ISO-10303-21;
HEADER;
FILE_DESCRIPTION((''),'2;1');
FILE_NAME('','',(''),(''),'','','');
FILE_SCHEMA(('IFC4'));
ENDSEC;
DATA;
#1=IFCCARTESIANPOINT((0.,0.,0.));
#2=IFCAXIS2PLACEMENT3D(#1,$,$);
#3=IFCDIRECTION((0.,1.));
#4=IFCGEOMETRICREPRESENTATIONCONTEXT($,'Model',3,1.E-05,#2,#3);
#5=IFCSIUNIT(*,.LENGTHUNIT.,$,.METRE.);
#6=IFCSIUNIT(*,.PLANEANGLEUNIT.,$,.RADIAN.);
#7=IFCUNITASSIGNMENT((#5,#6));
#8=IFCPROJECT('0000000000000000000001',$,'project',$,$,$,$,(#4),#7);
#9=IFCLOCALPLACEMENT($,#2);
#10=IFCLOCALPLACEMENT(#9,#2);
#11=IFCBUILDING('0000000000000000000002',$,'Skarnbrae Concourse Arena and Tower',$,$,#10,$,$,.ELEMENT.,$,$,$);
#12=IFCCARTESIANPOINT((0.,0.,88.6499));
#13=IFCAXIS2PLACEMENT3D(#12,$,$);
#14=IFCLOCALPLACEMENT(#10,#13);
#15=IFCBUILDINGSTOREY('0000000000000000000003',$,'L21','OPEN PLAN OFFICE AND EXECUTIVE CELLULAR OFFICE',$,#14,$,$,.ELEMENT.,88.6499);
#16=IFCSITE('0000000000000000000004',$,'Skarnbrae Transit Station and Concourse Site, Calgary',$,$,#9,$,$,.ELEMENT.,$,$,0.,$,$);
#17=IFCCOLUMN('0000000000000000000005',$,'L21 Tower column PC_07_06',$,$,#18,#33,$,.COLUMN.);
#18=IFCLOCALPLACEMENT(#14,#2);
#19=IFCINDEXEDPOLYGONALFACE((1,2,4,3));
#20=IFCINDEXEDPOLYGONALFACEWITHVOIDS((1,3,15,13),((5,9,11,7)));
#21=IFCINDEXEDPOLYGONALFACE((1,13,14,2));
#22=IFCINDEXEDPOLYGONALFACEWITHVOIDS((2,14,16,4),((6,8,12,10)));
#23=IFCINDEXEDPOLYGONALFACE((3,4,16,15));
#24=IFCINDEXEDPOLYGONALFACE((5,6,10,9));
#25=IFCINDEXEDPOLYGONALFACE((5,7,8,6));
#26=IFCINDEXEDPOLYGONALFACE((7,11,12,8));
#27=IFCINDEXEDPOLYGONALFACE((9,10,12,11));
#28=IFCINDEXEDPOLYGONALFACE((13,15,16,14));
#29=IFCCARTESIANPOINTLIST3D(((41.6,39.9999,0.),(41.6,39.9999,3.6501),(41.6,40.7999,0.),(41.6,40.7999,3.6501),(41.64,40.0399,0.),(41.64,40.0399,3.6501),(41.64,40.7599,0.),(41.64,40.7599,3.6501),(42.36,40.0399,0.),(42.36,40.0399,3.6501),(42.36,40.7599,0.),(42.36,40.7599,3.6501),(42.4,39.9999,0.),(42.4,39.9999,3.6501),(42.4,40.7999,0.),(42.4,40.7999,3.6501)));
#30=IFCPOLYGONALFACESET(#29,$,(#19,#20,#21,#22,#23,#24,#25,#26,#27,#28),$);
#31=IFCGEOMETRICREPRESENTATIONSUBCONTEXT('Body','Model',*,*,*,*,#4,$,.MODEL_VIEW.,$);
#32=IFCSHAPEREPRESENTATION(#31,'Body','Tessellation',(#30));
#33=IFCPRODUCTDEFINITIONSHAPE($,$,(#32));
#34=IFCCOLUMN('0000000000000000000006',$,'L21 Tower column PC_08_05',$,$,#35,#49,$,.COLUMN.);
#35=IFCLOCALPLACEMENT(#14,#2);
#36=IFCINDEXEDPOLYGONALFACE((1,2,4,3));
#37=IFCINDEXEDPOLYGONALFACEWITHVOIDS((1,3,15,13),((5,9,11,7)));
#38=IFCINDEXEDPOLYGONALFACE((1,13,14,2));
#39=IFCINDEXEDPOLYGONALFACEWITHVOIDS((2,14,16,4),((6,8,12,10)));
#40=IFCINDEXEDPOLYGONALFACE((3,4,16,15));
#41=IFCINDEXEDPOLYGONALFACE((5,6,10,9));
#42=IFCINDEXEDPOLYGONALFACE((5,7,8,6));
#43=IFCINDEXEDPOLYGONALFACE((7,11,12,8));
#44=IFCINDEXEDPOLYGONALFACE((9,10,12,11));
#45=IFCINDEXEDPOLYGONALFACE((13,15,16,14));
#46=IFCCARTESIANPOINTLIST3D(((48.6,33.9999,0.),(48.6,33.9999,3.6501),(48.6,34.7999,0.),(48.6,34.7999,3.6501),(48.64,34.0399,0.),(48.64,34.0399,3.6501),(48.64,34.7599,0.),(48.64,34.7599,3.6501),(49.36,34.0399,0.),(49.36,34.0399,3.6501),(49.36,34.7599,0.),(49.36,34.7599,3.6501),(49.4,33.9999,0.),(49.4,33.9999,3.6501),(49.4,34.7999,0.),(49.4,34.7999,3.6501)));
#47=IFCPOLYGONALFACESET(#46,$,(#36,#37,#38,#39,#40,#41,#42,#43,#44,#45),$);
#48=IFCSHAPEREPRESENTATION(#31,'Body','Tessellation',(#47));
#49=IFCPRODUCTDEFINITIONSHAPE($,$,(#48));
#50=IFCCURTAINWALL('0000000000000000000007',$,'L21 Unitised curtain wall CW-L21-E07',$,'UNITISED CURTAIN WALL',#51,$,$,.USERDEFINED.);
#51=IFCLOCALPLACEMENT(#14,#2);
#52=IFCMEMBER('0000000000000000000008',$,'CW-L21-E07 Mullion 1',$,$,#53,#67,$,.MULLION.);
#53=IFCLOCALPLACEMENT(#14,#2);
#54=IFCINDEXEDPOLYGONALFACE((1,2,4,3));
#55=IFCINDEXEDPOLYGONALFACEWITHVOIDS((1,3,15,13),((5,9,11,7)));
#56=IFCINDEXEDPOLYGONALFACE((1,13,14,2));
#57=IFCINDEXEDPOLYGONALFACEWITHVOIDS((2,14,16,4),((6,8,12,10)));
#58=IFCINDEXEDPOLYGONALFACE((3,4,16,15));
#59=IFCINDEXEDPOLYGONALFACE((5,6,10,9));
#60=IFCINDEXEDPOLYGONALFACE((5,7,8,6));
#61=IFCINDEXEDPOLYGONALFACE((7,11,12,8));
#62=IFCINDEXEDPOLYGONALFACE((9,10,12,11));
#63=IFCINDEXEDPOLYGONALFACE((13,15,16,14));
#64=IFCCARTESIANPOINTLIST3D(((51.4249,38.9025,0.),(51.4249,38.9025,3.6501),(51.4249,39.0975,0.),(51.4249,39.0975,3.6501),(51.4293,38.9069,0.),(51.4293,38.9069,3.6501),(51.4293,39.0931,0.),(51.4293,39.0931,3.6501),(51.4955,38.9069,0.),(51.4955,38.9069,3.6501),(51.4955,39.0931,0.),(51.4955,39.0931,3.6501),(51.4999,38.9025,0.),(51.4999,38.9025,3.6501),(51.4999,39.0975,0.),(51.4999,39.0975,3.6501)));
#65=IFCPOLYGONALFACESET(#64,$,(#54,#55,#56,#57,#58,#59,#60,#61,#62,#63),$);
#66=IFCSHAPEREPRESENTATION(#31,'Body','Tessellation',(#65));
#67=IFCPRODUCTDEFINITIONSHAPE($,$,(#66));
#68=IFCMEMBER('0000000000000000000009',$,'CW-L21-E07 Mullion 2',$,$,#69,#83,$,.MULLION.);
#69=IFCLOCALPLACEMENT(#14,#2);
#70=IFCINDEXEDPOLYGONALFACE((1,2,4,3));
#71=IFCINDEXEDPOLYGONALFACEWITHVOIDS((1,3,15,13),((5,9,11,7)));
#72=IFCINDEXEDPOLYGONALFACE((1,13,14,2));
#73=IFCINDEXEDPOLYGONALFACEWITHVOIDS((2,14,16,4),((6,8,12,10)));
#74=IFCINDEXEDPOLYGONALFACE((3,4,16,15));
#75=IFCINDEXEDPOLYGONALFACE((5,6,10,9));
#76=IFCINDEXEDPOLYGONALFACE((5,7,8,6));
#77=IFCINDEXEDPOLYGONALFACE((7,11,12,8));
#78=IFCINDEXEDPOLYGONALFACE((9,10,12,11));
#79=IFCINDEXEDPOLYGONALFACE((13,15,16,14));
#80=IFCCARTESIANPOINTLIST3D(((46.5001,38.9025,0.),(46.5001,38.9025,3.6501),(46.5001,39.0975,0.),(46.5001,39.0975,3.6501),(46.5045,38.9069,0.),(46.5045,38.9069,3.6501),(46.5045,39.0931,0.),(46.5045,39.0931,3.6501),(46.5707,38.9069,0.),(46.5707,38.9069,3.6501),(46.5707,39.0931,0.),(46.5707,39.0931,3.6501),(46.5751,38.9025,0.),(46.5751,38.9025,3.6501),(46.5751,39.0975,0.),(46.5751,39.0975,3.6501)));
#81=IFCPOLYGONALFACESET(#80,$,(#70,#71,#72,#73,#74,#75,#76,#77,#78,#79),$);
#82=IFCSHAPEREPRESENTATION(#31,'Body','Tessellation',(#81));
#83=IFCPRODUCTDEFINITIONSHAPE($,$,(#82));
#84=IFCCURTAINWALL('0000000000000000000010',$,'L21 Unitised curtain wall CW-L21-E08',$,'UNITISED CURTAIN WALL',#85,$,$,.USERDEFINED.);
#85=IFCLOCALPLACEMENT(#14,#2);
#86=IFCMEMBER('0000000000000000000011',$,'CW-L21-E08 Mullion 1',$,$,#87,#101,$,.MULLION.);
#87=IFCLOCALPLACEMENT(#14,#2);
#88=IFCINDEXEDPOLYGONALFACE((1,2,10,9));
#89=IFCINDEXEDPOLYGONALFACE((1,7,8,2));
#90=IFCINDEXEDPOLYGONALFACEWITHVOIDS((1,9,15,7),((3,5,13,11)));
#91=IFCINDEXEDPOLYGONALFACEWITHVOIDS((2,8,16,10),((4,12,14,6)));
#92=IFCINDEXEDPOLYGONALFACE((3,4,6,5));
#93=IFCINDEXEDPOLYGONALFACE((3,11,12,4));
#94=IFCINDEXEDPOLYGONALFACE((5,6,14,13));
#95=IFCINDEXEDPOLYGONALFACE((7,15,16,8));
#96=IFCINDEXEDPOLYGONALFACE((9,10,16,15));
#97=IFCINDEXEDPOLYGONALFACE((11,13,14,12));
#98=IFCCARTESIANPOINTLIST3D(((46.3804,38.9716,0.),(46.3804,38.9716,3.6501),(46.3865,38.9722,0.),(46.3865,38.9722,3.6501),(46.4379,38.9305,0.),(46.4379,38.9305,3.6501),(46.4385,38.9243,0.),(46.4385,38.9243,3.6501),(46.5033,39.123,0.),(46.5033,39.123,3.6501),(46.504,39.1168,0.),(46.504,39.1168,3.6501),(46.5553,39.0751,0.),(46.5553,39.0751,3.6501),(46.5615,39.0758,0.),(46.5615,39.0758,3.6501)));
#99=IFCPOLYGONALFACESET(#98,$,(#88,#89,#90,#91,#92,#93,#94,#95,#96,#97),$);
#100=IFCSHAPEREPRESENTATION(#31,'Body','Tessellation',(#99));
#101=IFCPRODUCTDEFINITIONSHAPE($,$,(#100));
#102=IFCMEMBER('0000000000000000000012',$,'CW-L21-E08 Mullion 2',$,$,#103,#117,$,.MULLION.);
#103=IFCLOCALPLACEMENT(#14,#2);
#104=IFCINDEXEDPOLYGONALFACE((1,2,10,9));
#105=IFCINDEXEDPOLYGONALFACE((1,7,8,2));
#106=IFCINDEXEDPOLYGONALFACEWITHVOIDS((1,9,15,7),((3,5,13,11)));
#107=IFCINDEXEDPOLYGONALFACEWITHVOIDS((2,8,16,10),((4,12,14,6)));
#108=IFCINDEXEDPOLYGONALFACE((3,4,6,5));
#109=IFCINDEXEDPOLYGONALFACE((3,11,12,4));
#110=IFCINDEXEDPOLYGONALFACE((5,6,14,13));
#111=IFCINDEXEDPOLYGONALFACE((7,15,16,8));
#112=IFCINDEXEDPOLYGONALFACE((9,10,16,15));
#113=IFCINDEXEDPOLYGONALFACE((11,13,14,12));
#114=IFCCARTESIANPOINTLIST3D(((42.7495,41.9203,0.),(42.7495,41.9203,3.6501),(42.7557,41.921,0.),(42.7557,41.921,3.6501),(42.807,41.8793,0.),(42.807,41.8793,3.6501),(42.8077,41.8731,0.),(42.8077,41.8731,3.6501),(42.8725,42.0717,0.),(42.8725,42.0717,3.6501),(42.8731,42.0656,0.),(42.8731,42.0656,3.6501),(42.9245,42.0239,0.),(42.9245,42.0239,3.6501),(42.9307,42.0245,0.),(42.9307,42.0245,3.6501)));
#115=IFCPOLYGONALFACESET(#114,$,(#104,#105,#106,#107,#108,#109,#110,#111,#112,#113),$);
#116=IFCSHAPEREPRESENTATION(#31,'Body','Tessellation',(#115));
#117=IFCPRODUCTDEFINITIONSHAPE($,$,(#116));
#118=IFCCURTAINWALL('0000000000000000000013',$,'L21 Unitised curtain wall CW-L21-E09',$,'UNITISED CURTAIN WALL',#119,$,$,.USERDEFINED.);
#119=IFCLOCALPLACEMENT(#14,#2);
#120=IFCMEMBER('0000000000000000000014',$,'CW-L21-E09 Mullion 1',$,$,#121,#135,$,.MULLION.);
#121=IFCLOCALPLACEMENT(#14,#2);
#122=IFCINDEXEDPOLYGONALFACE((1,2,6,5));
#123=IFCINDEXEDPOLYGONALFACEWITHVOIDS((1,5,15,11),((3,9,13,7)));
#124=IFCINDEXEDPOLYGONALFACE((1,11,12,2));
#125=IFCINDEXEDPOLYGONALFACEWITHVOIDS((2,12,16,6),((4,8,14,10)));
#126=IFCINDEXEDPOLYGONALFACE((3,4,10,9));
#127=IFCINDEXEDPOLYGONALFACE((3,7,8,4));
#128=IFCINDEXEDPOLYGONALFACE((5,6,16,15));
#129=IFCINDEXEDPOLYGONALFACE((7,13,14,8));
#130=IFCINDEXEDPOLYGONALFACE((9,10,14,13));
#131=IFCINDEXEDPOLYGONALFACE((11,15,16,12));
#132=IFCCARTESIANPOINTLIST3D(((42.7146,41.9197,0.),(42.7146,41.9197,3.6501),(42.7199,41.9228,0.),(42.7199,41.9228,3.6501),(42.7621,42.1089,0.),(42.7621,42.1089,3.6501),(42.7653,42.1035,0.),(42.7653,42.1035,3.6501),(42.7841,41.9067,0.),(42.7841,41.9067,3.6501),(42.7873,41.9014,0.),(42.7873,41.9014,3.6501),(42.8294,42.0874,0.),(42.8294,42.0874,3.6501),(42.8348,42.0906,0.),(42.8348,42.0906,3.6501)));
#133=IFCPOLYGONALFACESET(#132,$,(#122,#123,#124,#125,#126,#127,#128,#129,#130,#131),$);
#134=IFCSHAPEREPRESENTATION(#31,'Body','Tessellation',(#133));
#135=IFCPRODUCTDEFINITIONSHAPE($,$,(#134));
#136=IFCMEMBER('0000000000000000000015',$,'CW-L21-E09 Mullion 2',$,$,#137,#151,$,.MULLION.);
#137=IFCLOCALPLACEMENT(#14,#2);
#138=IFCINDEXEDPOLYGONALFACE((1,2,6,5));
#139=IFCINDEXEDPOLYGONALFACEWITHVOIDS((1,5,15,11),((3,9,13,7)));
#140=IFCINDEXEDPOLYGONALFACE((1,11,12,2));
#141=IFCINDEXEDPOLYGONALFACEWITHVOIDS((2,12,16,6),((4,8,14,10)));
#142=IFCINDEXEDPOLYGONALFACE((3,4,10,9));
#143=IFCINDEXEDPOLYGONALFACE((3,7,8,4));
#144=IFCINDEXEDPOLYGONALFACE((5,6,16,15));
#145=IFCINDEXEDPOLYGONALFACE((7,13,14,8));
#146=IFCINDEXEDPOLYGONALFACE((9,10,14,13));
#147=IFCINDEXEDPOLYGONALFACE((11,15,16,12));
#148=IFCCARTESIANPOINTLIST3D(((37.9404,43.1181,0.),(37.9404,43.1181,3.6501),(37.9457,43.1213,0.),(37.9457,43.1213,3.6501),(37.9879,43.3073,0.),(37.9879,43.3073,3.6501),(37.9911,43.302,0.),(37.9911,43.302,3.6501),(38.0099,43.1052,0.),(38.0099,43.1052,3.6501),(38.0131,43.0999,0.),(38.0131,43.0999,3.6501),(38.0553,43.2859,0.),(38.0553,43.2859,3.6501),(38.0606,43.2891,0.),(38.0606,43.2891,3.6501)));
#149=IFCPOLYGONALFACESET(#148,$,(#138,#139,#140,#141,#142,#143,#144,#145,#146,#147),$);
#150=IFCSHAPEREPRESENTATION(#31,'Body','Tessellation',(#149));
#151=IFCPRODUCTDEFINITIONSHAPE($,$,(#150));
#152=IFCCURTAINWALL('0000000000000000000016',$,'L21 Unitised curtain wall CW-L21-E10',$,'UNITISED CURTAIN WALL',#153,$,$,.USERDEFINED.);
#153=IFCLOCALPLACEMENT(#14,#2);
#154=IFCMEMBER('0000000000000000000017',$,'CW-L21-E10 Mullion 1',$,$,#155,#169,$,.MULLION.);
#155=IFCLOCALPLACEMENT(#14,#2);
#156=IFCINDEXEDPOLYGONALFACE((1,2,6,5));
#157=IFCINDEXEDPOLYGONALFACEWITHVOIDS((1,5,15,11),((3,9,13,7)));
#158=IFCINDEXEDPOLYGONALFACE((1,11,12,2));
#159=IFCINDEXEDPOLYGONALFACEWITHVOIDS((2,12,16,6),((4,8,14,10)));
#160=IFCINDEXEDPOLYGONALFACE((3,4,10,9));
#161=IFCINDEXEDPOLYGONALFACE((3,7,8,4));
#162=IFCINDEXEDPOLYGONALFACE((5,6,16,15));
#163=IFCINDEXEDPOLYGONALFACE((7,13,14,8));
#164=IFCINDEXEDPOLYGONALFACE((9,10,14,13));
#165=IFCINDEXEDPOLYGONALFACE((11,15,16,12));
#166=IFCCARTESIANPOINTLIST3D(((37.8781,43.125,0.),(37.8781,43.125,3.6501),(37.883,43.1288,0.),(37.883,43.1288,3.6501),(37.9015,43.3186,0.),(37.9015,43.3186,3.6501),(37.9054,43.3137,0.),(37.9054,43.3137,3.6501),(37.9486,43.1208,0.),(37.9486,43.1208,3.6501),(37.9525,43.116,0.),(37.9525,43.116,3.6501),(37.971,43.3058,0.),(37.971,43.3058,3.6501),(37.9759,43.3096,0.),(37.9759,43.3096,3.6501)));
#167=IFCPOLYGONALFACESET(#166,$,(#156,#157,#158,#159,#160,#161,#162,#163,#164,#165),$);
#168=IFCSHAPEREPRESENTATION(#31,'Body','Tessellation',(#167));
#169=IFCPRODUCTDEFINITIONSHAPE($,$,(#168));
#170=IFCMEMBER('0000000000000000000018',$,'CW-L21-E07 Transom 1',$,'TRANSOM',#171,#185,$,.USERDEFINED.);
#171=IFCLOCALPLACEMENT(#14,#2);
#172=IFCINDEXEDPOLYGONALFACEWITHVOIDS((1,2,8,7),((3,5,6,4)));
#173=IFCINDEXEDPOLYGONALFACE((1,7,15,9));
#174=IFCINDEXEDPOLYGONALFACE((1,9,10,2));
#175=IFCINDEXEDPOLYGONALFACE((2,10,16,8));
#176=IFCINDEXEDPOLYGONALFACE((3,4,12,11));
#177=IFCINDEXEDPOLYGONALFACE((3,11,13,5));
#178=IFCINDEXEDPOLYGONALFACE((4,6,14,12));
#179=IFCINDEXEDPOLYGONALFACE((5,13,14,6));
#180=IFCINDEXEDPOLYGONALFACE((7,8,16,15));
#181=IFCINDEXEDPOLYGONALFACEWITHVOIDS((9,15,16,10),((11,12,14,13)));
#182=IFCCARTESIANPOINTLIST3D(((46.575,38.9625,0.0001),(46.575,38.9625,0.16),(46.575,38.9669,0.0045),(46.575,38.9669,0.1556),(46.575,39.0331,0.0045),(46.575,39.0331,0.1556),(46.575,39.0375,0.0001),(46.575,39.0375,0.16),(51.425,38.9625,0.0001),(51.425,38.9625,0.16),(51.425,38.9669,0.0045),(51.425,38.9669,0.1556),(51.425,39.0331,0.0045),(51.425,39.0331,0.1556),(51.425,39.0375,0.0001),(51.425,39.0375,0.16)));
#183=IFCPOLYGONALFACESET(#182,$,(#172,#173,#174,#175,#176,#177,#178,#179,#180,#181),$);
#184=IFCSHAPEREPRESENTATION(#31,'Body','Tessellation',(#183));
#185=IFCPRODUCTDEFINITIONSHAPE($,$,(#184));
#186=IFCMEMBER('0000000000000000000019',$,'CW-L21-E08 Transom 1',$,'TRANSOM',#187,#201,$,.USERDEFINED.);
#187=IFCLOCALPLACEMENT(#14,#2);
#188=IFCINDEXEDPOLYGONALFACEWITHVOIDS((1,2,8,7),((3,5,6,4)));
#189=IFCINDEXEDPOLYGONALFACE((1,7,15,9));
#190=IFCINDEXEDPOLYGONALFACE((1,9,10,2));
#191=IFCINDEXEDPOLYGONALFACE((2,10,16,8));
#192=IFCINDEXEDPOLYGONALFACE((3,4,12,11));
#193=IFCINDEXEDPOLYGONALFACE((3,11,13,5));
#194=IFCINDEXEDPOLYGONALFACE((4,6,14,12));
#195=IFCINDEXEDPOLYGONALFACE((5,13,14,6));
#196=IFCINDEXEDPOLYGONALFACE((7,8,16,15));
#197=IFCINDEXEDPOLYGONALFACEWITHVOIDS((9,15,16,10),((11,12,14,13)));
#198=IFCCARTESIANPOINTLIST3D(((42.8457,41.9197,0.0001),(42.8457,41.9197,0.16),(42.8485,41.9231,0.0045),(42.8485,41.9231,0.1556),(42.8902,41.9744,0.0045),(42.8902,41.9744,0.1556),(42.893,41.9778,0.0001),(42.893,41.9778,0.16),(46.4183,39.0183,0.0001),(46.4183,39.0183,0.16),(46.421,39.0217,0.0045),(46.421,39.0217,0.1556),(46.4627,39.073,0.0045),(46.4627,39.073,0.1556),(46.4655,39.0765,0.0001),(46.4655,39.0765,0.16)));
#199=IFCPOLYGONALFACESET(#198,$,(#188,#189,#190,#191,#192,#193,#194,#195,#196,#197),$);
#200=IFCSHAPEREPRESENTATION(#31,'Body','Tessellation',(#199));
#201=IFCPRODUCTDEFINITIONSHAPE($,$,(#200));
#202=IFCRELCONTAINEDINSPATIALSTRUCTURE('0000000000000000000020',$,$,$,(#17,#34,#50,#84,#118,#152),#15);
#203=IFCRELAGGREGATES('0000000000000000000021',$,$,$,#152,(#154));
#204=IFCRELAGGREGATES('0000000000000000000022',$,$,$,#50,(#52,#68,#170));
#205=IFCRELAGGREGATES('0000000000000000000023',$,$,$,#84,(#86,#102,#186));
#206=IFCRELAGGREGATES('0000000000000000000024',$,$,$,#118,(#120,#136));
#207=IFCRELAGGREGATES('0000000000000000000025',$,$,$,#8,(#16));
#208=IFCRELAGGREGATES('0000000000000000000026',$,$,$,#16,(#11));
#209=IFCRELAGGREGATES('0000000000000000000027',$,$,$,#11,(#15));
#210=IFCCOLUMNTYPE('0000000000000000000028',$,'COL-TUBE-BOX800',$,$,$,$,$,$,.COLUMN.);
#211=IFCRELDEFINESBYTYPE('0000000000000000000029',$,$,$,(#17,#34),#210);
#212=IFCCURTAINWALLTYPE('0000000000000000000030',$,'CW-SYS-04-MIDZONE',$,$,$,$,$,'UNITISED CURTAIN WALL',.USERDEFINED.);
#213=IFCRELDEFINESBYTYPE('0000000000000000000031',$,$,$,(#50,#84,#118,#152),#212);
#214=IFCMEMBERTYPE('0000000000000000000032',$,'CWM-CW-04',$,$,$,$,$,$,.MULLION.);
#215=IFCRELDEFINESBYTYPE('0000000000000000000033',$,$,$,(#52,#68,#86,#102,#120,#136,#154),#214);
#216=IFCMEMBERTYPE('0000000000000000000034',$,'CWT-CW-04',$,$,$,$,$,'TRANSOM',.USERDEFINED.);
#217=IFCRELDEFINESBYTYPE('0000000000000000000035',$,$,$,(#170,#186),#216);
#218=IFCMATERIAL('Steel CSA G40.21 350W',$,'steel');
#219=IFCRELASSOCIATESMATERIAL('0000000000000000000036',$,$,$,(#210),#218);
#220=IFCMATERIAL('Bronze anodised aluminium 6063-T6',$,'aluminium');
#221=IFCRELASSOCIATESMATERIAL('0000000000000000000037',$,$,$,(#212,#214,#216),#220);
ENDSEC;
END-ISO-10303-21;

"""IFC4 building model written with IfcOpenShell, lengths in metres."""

from ifc_helpers import new_model, si_unit, direction, frame, origin, origin_2d, place, context, subcontext, project, spatial, hollow_rectangle, extrude, source, transform, mapped, material, material_profile, profile_set, type_object, element, aggregate, save


model = new_model("IFC4")

# Units and contexts
model_context = context("Model", 3, precision=1e-05, world=origin(), true_north=direction((0.0, 1.0)))
body_context = subcontext(model_context, "Body", "Model", "MODEL_VIEW")
ifc_project = project(units=[si_unit("LENGTHUNIT", "METRE"), si_unit("PLANEANGLEUNIT", "RADIAN")], contexts=[model_context])

# Site, building, storey
site_placement = place(None, origin())
site = spatial("IfcSite", under=ifc_project, at=site_placement, Name="Skarnbrae Transit Station and Concourse Site, Calgary", CompositionType="ELEMENT", RefElevation=0.0)
building_placement = place(site_placement, origin())
building = spatial("IfcBuilding", under=site, at=building_placement, Name="Skarnbrae Concourse Arena and Tower", CompositionType="ELEMENT")
storey_placement = place(building_placement, frame((0.0, 0.0, 88.6499)))
storey = spatial("IfcBuildingStorey", under=building, at=storey_placement, Name="L21", Description="OPEN PLAN OFFICE AND EXECUTIVE CELLULAR OFFICE", CompositionType="ELEMENT", Elevation=88.6499)

# Columns
ifc_material_1 = material(Name="Steel CSA G40.21 350W", Category="steel")
ifc_material_profile_1 = material_profile(ifc_material_1, hollow_rectangle(XDim=0.8, YDim=0.8, WallThickness=0.04, at=origin_2d()), Name="BOX800X800X40")
ifc_profile_set_1 = profile_set([ifc_material_profile_1], Name="Steel CSA G40.21 350W")
column_type = type_object("IfcColumnType", Name="COL-TUBE-BOX800", PredefinedType="COLUMN", material=ifc_profile_set_1)
shared_shape_1 = source(origin(), body_context, "Body", "SweptSolid", [
    extrude(hollow_rectangle(XDim=0.8, YDim=0.8, WallThickness=0.04, at=origin_2d()), origin(), (0.0, 0.0, 1.0), 3.6501),
])
for number, where, z_axis, x_axis, name in (
    (1, (42.0, 40.3999, 0.0), (0.0, 0.0, 1.0), (1.0, 0.0, 0.0), "L21 Tower column PC_07_06"),
    (2, (49.0, 34.3999, 0.0), (0.0, 0.0, 1.0), (1.0, 0.0, 0.0), "L21 Tower column PC_08_05"),
):
    element("IfcColumn", number, at=place(storey_placement, frame(where, z_axis=z_axis, x_axis=x_axis)), inside=storey, type_object=column_type, Name=name, PredefinedType="COLUMN", context=body_context, shape_type="MappedRepresentation", body=[
        mapped(shared_shape_1, transform((0.0, 0.0, 0.0))),
    ])

# Curtain walls, members
ifc_material_2 = material(Name="Bronze anodised aluminium 6063-T6", Category="aluminium")
curtain_wall_type = type_object("IfcCurtainWallType", Name="CW-SYS-04-MIDZONE", ElementType="UNITISED CURTAIN WALL", PredefinedType="USERDEFINED", material=ifc_material_2)
curtain_wall_1_placement = place(storey_placement, origin())
curtain_wall_1 = element("IfcCurtainWall", 3, at=curtain_wall_1_placement, inside=storey, type_object=curtain_wall_type, Name="L21 Unitised curtain wall CW-L21-E07", ObjectType="UNITISED CURTAIN WALL", PredefinedType="USERDEFINED")
ifc_material_profile_2 = material_profile(ifc_material_2, hollow_rectangle(XDim=0.075, YDim=0.1951, WallThickness=0.0044, at=origin_2d()), Name="ALU-MULL-75X195")
ifc_profile_set_2 = profile_set([ifc_material_profile_2], Name="Bronze anodised aluminium 6063-T6")
member_type_1 = type_object("IfcMemberType", Name="CWM-CW-04", PredefinedType="MULLION", material=ifc_profile_set_2)
shared_shape_2 = source(origin(), body_context, "Body", "SweptSolid", [
    extrude(hollow_rectangle(XDim=0.075, YDim=0.1951, WallThickness=0.0044, at=origin_2d()), origin(), (0.0, 0.0, 1.0), 3.6501),
])
member_1_placement = place(storey_placement, frame((51.4624, 39.0, 0.0), z_axis=(0.0, 0.0, 1.0), x_axis=(-1.0, 0.0, 0.0)))
member_1 = element("IfcMember", 4, at=member_1_placement, type_object=member_type_1, Name="CW-L21-E07 Mullion 1", PredefinedType="MULLION", context=body_context, shape_type="MappedRepresentation", body=[
    mapped(shared_shape_2, transform((0.0, 0.0, 0.0))),
])
member_2_placement = place(storey_placement, frame((46.5376, 39.0, 0.0), z_axis=(0.0, 0.0, 1.0), x_axis=(-1.0, 0.0, 0.0)))
member_2 = element("IfcMember", 5, at=member_2_placement, type_object=member_type_1, Name="CW-L21-E07 Mullion 2", PredefinedType="MULLION", context=body_context, shape_type="MappedRepresentation", body=[
    mapped(shared_shape_2, transform((0.0, 0.0, 0.0))),
])
curtain_wall_2_placement = place(storey_placement, origin())
curtain_wall_2 = element("IfcCurtainWall", 6, at=curtain_wall_2_placement, inside=storey, type_object=curtain_wall_type, Name="L21 Unitised curtain wall CW-L21-E08", ObjectType="UNITISED CURTAIN WALL", PredefinedType="USERDEFINED")
member_3_placement = place(storey_placement, frame((46.4709, 39.0237, 0.0), z_axis=(0.0, 0.0, 1.0), x_axis=(-0.776241, 0.630436, 0.0)))
member_3 = element("IfcMember", 7, at=member_3_placement, type_object=member_type_1, Name="CW-L21-E08 Mullion 1", PredefinedType="MULLION", context=body_context, shape_type="MappedRepresentation", body=[
    mapped(shared_shape_2, transform((0.0, 0.0, 0.0))),
])
member_4_placement = place(storey_placement, frame((42.8401, 41.9724, 0.0), z_axis=(0.0, 0.0, 1.0), x_axis=(-0.776241, 0.630436, 0.0)))
member_4 = element("IfcMember", 8, at=member_4_placement, type_object=member_type_1, Name="CW-L21-E08 Mullion 2", PredefinedType="MULLION", context=body_context, shape_type="MappedRepresentation", body=[
    mapped(shared_shape_2, transform((0.0, 0.0, 0.0))),
])
curtain_wall_3_placement = place(storey_placement, origin())
curtain_wall_3 = element("IfcCurtainWall", 9, at=curtain_wall_3_placement, inside=storey, type_object=curtain_wall_type, Name="L21 Unitised curtain wall CW-L21-E09", ObjectType="UNITISED CURTAIN WALL", PredefinedType="USERDEFINED")
member_5_placement = place(storey_placement, frame((42.7747, 42.0051, 0.0), z_axis=(0.0, 0.0, 1.0), x_axis=(-0.969903, 0.243491, 0.0)))
member_5 = element("IfcMember", 10, at=member_5_placement, type_object=member_type_1, Name="CW-L21-E09 Mullion 1", PredefinedType="MULLION", context=body_context, shape_type="MappedRepresentation", body=[
    mapped(shared_shape_2, transform((0.0, 0.0, 0.0))),
])
member_6_placement = place(storey_placement, frame((38.0005, 43.2036, 0.0), z_axis=(0.0, 0.0, 1.0), x_axis=(-0.969903, 0.243491, 0.0)))
member_6 = element("IfcMember", 11, at=member_6_placement, type_object=member_type_1, Name="CW-L21-E09 Mullion 2", PredefinedType="MULLION", context=body_context, shape_type="MappedRepresentation", body=[
    mapped(shared_shape_2, transform((0.0, 0.0, 0.0))),
])

# Curtain wall, member
curtain_wall_4_placement = place(storey_placement, origin())
curtain_wall_4 = element("IfcCurtainWall", 12, at=curtain_wall_4_placement, inside=storey, type_object=curtain_wall_type, Name="L21 Unitised curtain wall CW-L21-E10", ObjectType="UNITISED CURTAIN WALL", PredefinedType="USERDEFINED")
member_7_placement = place(storey_placement, frame((37.927, 43.2173, 0.0), z_axis=(0.0, 0.0, 1.0), x_axis=(-0.992749, 0.120203, 0.0)))
member_7 = element("IfcMember", 13, at=member_7_placement, type_object=member_type_1, Name="CW-L21-E10 Mullion 1", PredefinedType="MULLION", context=body_context, shape_type="MappedRepresentation", body=[
    mapped(shared_shape_2, transform((0.0, 0.0, 0.0))),
])

# Members
ifc_material_profile_3 = material_profile(ifc_material_2, hollow_rectangle(XDim=0.075, YDim=0.1599, WallThickness=0.0044, at=origin_2d()), Name="ALU-TRAN-75X160")
ifc_profile_set_3 = profile_set([ifc_material_profile_3], Name="Bronze anodised aluminium 6063-T6")
member_type_2 = type_object("IfcMemberType", Name="CWT-CW-04", ElementType="TRANSOM", PredefinedType="USERDEFINED", material=ifc_profile_set_3)
shared_shape_3 = source(origin(), body_context, "Body", "SweptSolid", [
    extrude(hollow_rectangle(XDim=0.075, YDim=0.1599, WallThickness=0.0044, at=origin_2d()), origin(), (0.0, 0.0, 1.0), 4.8501),
])
member_8_placement = place(storey_placement, frame((51.425, 39.0, 0.0801), z_axis=(-1.0, 0.0, 0.0), x_axis=(0.0, -1.0, 0.0)))
member_8 = element("IfcMember", 14, at=member_8_placement, type_object=member_type_2, Name="CW-L21-E07 Transom 1", ObjectType="TRANSOM", PredefinedType="USERDEFINED", context=body_context, shape_type="MappedRepresentation", body=[
    mapped(shared_shape_3, transform((0.0, 0.0, 0.0))),
])
shared_shape_4 = source(origin(), body_context, "Body", "SweptSolid", [
    extrude(hollow_rectangle(XDim=0.075, YDim=0.1599, WallThickness=0.0044, at=origin_2d()), origin(), (0.0, 0.0, 1.0), 4.6023),
])
member_9_placement = place(storey_placement, frame((46.4419, 39.0474, 0.0801), z_axis=(-0.776252, 0.630423, 0.0), x_axis=(-0.630423, -0.776252, 0.0)))
member_9 = element("IfcMember", 15, at=member_9_placement, type_object=member_type_2, Name="CW-L21-E08 Transom 1", ObjectType="TRANSOM", PredefinedType="USERDEFINED", context=body_context, shape_type="MappedRepresentation", body=[
    mapped(shared_shape_4, transform((0.0, 0.0, 0.0))),
])
aggregate(curtain_wall_4, [member_7])

aggregate(curtain_wall_1, [member_1, member_2, member_8])
aggregate(curtain_wall_2, [member_3, member_4, member_9])
aggregate(curtain_wall_3, [member_5, member_6])

save(model, "model.ifc")
